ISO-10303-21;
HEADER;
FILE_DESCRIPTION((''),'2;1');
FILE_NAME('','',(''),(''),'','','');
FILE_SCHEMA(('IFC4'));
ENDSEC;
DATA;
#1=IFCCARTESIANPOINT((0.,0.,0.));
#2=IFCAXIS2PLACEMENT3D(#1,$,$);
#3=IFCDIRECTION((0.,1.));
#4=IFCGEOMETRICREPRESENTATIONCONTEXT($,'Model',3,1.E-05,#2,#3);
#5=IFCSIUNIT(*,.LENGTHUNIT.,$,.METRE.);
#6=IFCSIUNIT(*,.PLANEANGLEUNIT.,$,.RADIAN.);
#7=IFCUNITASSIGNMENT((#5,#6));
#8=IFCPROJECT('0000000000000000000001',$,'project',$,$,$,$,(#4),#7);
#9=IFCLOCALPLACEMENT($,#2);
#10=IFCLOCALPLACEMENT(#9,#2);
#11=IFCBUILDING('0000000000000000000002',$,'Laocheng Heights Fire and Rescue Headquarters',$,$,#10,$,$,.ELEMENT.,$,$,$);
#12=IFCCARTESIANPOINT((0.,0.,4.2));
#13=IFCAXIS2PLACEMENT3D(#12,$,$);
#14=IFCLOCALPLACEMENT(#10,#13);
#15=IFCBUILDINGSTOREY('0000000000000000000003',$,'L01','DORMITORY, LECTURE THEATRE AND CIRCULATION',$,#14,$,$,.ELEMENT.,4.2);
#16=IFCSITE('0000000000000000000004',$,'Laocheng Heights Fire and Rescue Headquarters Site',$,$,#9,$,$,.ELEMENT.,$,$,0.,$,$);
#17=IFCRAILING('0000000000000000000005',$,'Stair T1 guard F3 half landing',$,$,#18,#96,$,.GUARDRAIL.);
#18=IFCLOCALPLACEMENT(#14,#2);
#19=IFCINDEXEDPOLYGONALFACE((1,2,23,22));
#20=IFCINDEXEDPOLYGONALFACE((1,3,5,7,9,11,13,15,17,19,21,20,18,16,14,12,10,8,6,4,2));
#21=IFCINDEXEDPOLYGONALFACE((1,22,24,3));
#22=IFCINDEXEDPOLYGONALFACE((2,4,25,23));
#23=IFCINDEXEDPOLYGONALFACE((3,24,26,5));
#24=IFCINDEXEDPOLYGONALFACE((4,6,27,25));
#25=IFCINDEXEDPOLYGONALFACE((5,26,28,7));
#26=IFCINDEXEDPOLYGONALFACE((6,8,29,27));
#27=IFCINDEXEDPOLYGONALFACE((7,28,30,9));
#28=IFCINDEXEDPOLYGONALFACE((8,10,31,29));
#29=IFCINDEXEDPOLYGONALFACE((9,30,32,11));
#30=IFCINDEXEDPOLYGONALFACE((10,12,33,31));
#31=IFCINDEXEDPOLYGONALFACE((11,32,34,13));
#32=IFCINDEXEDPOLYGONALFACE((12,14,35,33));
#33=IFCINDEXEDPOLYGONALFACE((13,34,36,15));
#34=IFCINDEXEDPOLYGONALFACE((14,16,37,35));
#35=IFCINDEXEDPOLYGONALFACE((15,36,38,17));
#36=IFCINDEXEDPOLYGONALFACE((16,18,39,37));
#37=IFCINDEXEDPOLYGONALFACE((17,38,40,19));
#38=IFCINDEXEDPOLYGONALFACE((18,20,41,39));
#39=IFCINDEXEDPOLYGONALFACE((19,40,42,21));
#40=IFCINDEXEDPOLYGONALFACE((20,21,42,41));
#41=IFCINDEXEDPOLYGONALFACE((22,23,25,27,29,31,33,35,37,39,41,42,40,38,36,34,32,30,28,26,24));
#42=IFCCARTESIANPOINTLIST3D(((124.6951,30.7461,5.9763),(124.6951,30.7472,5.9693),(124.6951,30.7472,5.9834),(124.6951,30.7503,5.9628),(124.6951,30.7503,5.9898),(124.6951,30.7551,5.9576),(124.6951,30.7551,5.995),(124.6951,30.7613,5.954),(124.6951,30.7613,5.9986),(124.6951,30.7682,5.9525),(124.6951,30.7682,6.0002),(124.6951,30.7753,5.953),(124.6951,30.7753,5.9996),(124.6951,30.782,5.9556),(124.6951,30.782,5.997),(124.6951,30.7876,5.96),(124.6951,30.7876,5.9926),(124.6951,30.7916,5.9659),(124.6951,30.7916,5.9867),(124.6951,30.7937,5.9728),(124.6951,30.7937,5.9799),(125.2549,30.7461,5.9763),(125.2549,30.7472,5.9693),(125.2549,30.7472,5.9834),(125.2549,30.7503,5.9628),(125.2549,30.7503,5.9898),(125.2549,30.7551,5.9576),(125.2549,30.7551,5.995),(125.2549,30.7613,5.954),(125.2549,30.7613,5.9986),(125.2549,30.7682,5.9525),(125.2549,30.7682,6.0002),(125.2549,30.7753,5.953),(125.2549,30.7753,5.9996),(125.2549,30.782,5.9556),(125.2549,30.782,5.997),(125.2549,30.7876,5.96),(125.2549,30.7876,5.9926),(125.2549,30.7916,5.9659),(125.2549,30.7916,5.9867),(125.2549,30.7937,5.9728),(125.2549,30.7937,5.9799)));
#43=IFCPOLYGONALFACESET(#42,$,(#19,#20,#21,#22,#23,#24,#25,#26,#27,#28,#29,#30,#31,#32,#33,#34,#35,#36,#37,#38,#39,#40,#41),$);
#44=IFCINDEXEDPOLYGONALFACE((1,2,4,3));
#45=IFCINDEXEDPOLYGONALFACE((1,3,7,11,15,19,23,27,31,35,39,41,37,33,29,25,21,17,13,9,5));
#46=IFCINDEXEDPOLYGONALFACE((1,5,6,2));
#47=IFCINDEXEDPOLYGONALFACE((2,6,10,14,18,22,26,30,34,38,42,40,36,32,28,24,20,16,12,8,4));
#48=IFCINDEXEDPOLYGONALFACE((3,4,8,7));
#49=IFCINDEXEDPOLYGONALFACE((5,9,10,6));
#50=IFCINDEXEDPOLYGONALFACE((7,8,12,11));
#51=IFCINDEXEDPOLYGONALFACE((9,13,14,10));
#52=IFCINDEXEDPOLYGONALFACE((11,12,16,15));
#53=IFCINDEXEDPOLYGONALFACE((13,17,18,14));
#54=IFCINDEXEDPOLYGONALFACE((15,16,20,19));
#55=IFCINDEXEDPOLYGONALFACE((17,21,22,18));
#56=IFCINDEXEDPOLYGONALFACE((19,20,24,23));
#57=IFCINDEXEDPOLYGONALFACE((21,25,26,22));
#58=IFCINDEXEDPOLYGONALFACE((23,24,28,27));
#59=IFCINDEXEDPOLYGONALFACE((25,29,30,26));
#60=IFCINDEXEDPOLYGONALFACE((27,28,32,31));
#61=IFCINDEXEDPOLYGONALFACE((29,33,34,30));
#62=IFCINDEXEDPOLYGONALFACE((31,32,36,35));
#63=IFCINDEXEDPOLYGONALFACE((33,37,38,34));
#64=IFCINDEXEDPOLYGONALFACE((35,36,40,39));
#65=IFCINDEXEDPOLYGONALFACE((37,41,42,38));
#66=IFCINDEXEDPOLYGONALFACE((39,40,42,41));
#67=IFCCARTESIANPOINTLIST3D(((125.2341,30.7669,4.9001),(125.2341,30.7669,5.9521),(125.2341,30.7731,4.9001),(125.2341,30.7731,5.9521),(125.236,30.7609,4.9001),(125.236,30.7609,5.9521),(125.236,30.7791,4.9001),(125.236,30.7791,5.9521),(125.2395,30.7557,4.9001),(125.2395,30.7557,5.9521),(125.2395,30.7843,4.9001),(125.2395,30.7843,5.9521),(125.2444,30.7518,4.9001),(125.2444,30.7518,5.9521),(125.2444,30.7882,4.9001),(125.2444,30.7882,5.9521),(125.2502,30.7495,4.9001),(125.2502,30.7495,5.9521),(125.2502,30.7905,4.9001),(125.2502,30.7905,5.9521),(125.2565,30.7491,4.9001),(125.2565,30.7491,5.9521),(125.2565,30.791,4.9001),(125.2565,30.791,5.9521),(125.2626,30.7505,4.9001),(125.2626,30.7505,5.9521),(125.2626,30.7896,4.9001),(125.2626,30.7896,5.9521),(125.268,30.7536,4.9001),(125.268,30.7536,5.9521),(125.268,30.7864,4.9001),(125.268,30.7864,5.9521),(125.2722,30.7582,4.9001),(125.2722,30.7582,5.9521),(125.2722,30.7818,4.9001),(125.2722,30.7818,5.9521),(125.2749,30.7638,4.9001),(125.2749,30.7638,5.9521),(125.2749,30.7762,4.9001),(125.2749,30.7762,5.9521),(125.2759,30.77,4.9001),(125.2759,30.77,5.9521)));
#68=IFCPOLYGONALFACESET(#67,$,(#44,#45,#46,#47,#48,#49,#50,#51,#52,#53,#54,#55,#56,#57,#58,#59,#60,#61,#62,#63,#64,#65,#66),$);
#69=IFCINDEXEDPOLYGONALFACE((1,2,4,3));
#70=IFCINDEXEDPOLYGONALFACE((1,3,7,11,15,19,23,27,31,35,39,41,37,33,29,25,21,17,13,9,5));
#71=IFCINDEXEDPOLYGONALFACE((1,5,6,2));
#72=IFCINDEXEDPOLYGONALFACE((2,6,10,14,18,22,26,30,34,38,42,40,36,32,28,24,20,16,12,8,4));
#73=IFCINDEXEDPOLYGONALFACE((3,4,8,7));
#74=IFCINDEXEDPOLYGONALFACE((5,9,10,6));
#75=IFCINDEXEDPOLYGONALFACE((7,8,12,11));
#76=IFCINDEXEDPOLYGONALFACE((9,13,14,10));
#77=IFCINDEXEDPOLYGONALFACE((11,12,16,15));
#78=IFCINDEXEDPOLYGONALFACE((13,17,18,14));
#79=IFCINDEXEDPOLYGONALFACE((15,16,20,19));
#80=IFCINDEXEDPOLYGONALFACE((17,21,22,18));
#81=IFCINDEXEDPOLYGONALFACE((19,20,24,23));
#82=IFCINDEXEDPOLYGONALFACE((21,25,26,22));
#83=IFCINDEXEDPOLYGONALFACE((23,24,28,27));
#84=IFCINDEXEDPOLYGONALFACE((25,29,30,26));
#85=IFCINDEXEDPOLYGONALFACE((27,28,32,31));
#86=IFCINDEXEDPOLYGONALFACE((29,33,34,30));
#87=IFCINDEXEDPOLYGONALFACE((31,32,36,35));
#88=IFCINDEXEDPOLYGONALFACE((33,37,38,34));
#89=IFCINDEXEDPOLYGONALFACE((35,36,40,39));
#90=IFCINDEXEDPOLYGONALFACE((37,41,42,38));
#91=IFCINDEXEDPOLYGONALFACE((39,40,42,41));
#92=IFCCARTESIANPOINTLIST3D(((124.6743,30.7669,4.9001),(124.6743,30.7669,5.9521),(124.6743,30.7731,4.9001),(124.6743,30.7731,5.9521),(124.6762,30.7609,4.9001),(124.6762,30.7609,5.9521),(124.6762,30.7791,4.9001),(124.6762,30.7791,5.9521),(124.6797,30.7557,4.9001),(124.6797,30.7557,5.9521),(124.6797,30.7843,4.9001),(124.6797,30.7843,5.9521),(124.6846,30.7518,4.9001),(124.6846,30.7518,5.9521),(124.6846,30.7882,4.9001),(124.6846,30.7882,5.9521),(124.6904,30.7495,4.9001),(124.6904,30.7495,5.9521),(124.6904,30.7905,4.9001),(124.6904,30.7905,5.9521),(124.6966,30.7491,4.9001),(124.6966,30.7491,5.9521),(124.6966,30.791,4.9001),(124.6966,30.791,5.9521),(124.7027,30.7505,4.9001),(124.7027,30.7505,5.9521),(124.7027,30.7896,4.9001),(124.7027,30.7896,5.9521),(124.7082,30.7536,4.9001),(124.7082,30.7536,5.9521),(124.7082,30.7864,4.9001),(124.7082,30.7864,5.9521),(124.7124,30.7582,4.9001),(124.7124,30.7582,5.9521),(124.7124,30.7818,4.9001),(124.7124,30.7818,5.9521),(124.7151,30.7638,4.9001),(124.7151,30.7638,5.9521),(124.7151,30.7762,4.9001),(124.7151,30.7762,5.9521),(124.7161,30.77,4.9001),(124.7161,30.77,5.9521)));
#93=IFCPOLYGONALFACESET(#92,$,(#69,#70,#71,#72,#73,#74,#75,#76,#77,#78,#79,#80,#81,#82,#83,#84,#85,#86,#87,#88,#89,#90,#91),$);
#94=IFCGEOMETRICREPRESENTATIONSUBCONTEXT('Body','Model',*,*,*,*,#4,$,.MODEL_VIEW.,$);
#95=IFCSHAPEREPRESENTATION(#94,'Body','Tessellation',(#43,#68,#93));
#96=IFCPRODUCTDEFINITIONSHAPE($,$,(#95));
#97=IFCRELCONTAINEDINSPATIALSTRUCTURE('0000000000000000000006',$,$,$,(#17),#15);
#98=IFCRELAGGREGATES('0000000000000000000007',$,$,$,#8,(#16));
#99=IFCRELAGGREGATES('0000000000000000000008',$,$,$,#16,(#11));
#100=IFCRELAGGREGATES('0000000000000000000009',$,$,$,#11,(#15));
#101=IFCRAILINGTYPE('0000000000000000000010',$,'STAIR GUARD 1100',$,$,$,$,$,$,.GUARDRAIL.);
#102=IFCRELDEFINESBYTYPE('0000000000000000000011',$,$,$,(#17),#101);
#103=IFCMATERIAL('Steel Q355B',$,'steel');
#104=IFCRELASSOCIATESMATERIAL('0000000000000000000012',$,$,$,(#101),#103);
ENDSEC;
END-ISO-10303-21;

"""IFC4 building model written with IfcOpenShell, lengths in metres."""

from ifc_helpers import new_model, si_unit, direction, frame, origin, origin_2d, place, context, subcontext, project, spatial, circle, extrude, material, type_object, element, save


model = new_model("IFC4")

# Units and contexts
model_context = context("Model", 3, precision=1e-05, world=origin(), true_north=direction((0.0, 1.0)))
body_context = subcontext(model_context, "Body", "Model", "MODEL_VIEW")
ifc_project = project(units=[si_unit("LENGTHUNIT", "METRE"), si_unit("PLANEANGLEUNIT", "RADIAN")], contexts=[model_context])

# Site, building, storey
site_placement = place(None, origin())
site = spatial("IfcSite", under=ifc_project, at=site_placement, Name="Laocheng Heights Fire and Rescue Headquarters Site", CompositionType="ELEMENT", RefElevation=0.0)
building_placement = place(site_placement, origin())
building = spatial("IfcBuilding", under=site, at=building_placement, Name="Laocheng Heights Fire and Rescue Headquarters", CompositionType="ELEMENT")
storey_placement = place(building_placement, frame((0.0, 0.0, 4.2)))
storey = spatial("IfcBuildingStorey", under=building, at=storey_placement, Name="L01", Description="DORMITORY, LECTURE THEATRE AND CIRCULATION", CompositionType="ELEMENT", Elevation=4.2)

# Railing
ifc_material_1 = material(Name="Steel Q355B", Category="steel")
railing_type_1 = type_object("IfcRailingType", Name="STAIR GUARD 1100", PredefinedType="GUARDRAIL", material=ifc_material_1)
railing_1_placement = place(storey_placement, frame((125.2549, 30.77, 4.9001)))
element("IfcRailing", 1, at=railing_1_placement, inside=storey, type_object=railing_type_1, Name="Stair T1 guard F3 half landing", PredefinedType="GUARDRAIL", context=body_context, shape_type="SweptSolid", body=[
    extrude(circle(Radius=0.0239, at=origin_2d()), frame((0.0, 0.0, 1.0762), z_axis=(-1.0, 0.0, 0.0), x_axis=(0.0, -1.0, 0.0)), (0.0, 0.0, 1.0), 0.5598),
    extrude(circle(Radius=0.021, at=origin_2d()), origin(), (0.0, 0.0, 1.0), 1.052),
    extrude(circle(Radius=0.021, at=origin_2d()), frame((-0.5598, 0.0, 0.0)), (0.0, 0.0, 1.0), 1.052),
])

save(model, "model.ifc")
